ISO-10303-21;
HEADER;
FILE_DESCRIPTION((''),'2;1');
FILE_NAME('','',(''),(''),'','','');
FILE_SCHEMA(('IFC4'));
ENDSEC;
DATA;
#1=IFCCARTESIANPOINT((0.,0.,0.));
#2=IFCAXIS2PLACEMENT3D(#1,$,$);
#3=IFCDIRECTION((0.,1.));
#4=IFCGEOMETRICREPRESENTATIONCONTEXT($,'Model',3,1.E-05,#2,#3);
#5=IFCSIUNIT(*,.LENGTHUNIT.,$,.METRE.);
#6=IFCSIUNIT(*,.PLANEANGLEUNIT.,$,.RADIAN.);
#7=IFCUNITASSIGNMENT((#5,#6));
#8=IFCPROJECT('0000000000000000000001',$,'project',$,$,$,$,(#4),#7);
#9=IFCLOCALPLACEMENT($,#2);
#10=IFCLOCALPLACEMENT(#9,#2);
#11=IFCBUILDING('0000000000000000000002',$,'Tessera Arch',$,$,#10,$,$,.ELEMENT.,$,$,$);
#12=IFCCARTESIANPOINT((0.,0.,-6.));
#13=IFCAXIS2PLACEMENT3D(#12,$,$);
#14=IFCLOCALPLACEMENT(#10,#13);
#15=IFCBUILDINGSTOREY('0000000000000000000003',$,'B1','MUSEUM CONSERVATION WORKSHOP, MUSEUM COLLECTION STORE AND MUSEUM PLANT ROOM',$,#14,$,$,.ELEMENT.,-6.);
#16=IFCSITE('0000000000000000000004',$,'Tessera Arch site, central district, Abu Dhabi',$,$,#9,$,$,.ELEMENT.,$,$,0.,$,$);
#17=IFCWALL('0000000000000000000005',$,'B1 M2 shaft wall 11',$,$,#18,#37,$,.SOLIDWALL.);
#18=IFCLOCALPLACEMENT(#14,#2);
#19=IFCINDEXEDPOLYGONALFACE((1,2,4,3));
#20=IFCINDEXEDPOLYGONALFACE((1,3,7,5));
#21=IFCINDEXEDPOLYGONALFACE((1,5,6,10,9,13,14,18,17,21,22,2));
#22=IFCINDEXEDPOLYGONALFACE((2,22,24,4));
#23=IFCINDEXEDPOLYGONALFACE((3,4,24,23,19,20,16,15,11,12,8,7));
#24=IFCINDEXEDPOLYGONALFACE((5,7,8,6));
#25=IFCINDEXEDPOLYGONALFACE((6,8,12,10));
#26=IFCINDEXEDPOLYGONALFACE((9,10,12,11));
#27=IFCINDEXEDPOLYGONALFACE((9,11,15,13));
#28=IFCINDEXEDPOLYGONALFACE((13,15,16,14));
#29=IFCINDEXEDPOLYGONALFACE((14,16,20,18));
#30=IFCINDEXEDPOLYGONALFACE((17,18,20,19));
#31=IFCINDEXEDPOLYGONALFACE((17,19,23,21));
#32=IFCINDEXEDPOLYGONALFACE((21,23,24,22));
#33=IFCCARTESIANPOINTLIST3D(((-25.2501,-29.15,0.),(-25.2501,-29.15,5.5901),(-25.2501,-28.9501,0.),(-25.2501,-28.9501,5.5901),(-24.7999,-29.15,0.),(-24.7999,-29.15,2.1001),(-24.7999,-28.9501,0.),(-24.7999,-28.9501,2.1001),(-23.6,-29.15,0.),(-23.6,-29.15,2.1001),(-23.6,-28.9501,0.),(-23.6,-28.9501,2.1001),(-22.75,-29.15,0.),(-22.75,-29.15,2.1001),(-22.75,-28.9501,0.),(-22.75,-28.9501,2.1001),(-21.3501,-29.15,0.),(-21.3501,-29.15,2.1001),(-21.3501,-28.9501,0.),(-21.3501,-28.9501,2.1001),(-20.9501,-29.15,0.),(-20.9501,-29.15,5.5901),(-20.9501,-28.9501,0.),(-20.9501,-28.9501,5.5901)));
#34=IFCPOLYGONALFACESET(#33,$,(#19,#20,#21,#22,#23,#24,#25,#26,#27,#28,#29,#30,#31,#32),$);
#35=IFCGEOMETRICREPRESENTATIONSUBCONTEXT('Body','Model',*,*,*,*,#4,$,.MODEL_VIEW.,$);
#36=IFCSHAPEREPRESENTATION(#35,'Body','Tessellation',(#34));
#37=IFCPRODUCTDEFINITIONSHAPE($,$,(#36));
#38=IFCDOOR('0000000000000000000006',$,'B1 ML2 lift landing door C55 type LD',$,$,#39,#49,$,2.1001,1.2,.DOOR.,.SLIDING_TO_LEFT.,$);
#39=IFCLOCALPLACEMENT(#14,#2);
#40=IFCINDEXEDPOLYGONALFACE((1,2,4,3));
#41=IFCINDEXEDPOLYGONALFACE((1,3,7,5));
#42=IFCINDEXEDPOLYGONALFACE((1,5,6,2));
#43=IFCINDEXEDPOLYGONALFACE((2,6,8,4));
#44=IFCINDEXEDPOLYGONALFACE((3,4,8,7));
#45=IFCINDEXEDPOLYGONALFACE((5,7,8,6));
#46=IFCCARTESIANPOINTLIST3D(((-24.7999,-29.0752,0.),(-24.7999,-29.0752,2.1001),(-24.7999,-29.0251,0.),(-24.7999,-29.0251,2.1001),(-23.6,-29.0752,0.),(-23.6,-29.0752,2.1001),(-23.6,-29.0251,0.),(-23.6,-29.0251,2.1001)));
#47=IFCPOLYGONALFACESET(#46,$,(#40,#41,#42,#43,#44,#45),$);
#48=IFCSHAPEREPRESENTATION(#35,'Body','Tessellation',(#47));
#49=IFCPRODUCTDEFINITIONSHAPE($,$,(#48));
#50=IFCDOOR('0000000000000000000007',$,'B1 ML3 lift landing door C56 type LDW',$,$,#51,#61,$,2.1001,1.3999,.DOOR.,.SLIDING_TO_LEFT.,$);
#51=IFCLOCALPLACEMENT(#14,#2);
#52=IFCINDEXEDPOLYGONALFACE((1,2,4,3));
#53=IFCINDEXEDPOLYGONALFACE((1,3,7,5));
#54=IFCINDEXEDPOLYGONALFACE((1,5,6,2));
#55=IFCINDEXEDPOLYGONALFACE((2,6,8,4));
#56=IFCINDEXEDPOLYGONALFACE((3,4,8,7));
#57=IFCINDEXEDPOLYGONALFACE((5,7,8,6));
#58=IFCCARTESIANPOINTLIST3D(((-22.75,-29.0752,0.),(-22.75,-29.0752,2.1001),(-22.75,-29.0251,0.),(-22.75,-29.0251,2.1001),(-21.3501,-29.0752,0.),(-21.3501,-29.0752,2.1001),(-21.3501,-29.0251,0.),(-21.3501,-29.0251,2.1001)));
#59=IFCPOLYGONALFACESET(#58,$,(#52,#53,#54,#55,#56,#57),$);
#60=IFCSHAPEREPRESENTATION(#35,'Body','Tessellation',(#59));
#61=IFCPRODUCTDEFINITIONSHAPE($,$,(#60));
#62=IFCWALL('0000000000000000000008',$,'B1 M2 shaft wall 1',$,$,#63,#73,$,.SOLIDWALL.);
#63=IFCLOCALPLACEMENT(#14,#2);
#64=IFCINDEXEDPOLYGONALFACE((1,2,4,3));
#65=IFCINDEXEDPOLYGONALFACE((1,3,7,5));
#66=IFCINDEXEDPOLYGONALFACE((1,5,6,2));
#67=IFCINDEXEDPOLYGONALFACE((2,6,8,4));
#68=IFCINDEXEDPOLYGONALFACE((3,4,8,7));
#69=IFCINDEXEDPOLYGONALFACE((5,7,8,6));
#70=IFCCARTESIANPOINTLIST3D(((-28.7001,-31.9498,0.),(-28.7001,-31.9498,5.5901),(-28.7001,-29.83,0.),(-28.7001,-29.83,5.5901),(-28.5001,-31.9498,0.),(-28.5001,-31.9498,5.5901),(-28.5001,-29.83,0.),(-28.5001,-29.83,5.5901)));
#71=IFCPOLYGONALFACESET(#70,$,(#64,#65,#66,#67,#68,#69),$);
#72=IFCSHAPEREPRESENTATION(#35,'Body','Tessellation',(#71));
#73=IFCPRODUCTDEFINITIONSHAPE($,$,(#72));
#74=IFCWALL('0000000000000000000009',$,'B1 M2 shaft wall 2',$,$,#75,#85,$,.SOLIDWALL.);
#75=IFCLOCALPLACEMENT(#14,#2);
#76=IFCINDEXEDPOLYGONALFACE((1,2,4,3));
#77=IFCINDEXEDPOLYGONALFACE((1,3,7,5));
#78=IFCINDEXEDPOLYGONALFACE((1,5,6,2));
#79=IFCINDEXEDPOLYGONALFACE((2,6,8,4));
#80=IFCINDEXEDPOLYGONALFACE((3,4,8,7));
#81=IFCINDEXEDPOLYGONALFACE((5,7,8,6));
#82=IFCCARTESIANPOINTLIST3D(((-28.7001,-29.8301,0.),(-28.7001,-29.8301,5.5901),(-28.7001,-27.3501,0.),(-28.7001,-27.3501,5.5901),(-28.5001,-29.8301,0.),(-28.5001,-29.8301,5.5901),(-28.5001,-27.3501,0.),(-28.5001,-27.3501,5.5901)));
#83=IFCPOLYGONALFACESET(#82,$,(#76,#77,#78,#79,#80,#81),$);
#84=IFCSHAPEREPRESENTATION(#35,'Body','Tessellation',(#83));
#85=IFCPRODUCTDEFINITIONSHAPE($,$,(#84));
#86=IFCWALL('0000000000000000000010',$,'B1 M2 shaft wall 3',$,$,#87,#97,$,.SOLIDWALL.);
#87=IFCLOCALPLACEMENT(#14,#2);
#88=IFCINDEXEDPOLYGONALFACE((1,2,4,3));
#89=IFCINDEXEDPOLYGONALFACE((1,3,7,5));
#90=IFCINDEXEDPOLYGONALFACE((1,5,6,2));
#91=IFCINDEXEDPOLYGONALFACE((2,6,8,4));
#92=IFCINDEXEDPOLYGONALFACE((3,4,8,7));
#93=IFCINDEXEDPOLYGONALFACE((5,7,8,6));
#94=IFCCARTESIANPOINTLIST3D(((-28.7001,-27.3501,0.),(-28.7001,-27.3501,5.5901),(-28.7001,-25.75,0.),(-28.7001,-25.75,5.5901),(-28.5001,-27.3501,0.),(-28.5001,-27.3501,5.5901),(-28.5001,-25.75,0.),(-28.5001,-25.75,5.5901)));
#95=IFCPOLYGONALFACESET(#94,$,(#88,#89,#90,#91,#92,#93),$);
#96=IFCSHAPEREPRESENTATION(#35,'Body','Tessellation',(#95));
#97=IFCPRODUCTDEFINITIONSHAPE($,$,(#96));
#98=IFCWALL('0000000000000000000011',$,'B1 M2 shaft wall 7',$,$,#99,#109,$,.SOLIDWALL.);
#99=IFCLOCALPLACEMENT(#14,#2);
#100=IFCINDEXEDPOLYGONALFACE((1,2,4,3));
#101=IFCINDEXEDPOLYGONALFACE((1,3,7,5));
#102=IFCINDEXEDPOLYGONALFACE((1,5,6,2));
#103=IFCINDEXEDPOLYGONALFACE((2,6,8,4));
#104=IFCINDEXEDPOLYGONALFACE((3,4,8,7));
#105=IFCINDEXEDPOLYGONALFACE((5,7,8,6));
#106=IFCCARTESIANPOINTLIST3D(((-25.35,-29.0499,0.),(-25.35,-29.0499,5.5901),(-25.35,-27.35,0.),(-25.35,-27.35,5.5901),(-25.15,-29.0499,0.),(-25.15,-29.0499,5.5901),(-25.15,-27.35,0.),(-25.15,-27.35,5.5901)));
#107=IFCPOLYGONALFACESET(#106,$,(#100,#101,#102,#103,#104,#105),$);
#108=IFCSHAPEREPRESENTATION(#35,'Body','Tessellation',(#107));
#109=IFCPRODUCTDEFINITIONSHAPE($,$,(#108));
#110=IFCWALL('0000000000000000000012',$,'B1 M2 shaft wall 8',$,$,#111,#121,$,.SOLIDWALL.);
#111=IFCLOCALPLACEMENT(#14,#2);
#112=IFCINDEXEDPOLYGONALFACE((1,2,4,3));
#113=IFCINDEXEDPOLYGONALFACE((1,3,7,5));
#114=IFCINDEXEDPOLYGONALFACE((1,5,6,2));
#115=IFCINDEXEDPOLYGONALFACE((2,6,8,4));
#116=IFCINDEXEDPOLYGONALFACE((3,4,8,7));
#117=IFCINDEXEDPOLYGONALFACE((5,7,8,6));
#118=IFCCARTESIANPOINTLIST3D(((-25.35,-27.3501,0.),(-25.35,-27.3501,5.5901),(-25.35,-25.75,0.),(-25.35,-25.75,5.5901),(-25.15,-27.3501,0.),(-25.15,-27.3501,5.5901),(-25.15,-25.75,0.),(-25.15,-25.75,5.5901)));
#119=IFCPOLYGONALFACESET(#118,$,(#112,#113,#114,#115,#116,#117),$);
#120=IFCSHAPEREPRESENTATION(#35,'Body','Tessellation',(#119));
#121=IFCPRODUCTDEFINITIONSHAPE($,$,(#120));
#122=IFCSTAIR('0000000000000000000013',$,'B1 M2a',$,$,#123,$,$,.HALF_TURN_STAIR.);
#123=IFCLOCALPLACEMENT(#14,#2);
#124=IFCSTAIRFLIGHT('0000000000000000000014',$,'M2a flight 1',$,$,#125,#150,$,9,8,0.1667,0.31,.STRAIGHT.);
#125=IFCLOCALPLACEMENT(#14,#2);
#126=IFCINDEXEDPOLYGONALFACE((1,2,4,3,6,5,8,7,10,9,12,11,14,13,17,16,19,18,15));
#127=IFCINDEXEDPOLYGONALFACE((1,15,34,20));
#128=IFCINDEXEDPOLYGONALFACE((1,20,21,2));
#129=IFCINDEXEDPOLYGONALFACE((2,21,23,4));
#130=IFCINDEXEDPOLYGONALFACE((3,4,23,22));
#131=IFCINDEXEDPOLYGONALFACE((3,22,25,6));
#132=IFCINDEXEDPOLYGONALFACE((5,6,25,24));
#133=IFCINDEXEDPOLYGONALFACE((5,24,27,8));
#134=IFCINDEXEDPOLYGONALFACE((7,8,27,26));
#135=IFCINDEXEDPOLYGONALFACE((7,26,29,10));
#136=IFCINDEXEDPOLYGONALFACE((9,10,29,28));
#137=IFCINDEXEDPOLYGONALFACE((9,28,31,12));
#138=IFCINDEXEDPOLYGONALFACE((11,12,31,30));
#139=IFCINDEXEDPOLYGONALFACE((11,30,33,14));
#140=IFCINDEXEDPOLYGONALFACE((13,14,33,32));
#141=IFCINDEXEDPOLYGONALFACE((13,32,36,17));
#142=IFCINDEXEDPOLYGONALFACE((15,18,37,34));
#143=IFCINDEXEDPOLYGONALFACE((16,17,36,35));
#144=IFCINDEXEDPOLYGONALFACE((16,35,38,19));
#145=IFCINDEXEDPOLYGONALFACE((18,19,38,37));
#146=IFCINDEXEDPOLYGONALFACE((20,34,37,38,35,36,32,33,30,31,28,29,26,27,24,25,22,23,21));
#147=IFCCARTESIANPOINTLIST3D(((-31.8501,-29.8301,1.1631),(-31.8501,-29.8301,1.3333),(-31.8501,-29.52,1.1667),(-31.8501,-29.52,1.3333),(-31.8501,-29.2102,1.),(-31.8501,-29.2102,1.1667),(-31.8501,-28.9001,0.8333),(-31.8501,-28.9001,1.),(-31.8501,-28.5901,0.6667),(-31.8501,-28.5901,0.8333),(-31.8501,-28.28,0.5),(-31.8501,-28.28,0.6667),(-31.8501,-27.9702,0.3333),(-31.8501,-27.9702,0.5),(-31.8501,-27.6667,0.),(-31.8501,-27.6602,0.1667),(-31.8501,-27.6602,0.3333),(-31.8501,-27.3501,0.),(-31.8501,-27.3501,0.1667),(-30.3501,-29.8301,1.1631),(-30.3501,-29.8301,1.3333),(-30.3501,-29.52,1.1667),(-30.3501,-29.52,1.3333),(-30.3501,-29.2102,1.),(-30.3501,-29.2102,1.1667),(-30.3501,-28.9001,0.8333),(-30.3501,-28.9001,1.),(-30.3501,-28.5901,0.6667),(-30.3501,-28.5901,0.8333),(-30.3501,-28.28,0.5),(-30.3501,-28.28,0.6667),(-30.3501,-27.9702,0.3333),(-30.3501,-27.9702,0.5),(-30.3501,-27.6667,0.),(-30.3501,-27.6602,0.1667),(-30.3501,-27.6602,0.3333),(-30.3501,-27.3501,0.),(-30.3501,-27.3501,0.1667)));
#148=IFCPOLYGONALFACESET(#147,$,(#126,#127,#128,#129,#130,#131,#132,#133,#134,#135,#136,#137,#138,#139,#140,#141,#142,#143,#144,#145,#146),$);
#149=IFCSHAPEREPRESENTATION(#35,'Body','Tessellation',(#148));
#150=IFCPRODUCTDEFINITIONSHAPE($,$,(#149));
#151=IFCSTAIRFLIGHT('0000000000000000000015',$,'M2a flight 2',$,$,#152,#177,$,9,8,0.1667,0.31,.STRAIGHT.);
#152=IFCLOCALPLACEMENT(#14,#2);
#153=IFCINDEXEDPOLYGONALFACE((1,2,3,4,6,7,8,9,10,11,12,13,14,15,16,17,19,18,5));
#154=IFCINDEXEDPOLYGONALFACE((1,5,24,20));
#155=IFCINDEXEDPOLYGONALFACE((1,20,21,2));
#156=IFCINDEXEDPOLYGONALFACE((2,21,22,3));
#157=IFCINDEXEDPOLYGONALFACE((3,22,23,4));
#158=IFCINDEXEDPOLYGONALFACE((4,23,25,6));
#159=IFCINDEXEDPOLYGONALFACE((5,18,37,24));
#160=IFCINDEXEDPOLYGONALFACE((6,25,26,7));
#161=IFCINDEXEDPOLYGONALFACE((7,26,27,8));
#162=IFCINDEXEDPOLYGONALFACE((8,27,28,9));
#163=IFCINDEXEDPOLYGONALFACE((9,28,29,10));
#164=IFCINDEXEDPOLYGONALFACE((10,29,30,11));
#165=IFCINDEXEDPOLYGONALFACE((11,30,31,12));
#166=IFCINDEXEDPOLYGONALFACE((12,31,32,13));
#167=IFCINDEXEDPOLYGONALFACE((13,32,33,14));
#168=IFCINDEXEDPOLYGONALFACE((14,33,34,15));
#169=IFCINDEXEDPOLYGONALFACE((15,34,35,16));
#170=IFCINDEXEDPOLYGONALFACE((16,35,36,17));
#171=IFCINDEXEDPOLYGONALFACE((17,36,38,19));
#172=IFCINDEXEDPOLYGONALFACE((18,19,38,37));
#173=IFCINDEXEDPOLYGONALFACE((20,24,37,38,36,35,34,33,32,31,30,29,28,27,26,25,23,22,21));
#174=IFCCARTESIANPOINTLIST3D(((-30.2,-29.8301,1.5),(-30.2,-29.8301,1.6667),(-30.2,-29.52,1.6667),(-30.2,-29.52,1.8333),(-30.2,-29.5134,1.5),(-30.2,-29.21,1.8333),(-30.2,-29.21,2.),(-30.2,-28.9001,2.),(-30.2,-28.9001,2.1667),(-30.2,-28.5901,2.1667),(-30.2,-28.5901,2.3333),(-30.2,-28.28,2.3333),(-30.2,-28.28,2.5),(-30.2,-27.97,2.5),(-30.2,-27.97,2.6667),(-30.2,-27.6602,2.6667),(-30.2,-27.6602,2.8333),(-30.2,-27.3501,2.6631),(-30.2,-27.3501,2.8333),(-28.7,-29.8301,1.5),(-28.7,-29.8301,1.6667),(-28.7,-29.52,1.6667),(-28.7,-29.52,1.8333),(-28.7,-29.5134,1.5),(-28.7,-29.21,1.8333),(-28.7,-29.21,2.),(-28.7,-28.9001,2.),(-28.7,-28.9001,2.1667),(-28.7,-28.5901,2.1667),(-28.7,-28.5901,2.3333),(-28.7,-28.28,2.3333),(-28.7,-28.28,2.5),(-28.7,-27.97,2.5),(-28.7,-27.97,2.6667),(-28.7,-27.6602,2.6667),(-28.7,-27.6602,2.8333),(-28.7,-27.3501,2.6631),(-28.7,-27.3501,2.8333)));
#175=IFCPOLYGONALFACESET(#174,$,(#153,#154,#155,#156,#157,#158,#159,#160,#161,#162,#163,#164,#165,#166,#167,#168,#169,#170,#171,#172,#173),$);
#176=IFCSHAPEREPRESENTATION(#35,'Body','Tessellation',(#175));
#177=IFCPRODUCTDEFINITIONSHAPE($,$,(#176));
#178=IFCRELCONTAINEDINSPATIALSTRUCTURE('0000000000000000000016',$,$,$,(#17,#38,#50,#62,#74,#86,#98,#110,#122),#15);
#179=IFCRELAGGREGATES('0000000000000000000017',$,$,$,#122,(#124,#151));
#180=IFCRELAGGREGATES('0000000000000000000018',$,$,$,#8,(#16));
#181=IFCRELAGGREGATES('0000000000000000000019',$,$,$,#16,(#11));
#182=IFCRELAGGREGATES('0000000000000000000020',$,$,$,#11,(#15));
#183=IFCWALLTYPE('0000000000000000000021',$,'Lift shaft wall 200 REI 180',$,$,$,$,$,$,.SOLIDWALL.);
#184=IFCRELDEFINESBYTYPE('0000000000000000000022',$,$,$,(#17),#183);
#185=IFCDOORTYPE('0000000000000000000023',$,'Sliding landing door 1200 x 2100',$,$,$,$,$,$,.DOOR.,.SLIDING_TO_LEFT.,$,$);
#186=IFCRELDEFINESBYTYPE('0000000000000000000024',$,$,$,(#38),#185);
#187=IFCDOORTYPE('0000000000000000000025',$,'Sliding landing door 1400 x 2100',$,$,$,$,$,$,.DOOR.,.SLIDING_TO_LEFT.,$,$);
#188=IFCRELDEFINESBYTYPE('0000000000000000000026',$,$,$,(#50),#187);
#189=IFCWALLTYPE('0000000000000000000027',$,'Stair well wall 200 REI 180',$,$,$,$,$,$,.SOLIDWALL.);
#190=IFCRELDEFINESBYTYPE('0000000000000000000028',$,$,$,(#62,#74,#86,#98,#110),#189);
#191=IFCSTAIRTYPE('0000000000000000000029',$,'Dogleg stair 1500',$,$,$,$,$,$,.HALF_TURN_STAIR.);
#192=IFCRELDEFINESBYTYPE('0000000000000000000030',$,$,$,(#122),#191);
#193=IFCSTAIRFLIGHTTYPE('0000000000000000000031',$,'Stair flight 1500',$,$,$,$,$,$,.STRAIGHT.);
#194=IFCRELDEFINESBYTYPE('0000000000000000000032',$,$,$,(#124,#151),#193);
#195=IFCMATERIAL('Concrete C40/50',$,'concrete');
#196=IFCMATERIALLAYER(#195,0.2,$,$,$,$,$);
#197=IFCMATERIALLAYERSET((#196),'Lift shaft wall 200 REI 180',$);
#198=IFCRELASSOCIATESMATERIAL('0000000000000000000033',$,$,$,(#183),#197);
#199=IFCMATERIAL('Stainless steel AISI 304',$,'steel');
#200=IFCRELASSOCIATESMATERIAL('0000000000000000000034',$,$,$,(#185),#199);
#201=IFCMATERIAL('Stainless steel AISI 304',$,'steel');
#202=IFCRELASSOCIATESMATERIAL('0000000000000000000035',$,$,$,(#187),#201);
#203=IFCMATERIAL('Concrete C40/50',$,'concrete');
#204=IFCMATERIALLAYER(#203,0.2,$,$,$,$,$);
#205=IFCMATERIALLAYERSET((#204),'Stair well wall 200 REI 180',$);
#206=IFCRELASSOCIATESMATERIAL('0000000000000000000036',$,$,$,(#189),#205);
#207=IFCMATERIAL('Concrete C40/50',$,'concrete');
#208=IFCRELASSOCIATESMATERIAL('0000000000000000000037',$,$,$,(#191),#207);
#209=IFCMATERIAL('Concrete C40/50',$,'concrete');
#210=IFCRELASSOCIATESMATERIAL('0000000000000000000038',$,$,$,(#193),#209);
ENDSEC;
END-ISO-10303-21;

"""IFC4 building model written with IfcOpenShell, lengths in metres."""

from ifc_helpers import new_model, si_unit, direction, frame, frame_2d, origin, place, context, subcontext, project, spatial, polyline, rectangle, outline, extrude, material, layer, layer_set, type_object, element, fill, aggregate, save


model = new_model("IFC4")

# Units and contexts
model_context = context("Model", 3, precision=1e-05, world=origin(), true_north=direction((0.0, 1.0)))
body_context = subcontext(model_context, "Body", "Model", "MODEL_VIEW")
ifc_project = project(units=[si_unit("LENGTHUNIT", "METRE"), si_unit("PLANEANGLEUNIT", "RADIAN")], contexts=[model_context])

# Site, building, storey
site_placement = place(None, origin())
site = spatial("IfcSite", under=ifc_project, at=site_placement, Name="Tessera Arch site, central district, Abu Dhabi", CompositionType="ELEMENT", RefElevation=0.0)
building_placement = place(site_placement, origin())
building = spatial("IfcBuilding", under=site, at=building_placement, Name="Tessera Arch", CompositionType="ELEMENT")
storey_placement = place(building_placement, frame((0.0, 0.0, -6.0)))
storey = spatial("IfcBuildingStorey", under=building, at=storey_placement, Name="B1", Description="MUSEUM CONSERVATION WORKSHOP, MUSEUM COLLECTION STORE AND MUSEUM PLANT ROOM", CompositionType="ELEMENT", Elevation=-6.0)

# Shared definitions
ifc_material_1 = material(Name="Concrete C40/50", Category="concrete")
ifc_layer_1 = layer(ifc_material_1, 0.2)
ifc_layer_set_1 = layer_set([ifc_layer_1], Name="Lift shaft wall 200 REI 180")
wall_type_1 = type_object("IfcWallType", Name="Lift shaft wall 200 REI 180", PredefinedType="SOLIDWALL", material=ifc_layer_set_1)

# Wall, openings, doors
wall_1_placement = place(storey_placement, frame((-25.25, -29.05, 0.0), z_axis=(0.0, 0.0, 1.0), x_axis=(1.0, 0.0, 0.0)))
wall_1 = element("IfcWall", 1, at=wall_1_placement, inside=storey, type_object=wall_type_1, Name="B1 M2 shaft wall 11", PredefinedType="SOLIDWALL", context=body_context, shape_type="SweptSolid", body=[
    extrude(rectangle(XDim=4.3, YDim=0.2, at=frame_2d((2.1499, 0.0))), origin(), (0.0, 0.0, 1.0), 5.5901),
])
opening_1_placement = place(wall_1_placement, frame((0.45, 0.0, 0.0)))
opening_1 = element("IfcOpeningElement", 2, at=opening_1_placement, cuts=wall_1, PredefinedType="OPENING", context=body_context, shape_type="SweptSolid", body=[
    extrude(rectangle(XDim=1.2, YDim=2.1001, at=frame_2d((0.6001, 1.05))), frame((0.0, 0.1099, 0.0), z_axis=(0.0, -1.0, 0.0), x_axis=(1.0, 0.0, 0.0)), (0.0, 0.0, 1.0), 0.22),
])
opening_2_placement = place(wall_1_placement, frame((2.5, 0.0, 0.0)))
opening_2 = element("IfcOpeningElement", 3, at=opening_2_placement, cuts=wall_1, PredefinedType="OPENING", context=body_context, shape_type="SweptSolid", body=[
    extrude(rectangle(XDim=1.3999, YDim=2.1001, at=frame_2d((0.7, 1.05))), frame((0.0, 0.1099, 0.0), z_axis=(0.0, -1.0, 0.0), x_axis=(1.0, 0.0, 0.0)), (0.0, 0.0, 1.0), 0.22),
])
ifc_material_2 = material(Name="Stainless steel AISI 304", Category="steel")
door_type_1 = type_object("IfcDoorType", Name="Sliding landing door 1200 x 2100", OperationType="SLIDING_TO_LEFT", PredefinedType="DOOR", material=ifc_material_2)
door_1_placement = place(opening_1_placement, origin())
door_1 = element("IfcDoor", 4, at=door_1_placement, inside=storey, type_object=door_type_1, Name="B1 ML2 lift landing door C55 type LD", OperationType="SLIDING_TO_LEFT", OverallHeight=2.1001, OverallWidth=1.2, PredefinedType="DOOR", context=body_context, shape_type="SweptSolid", body=[
    extrude(rectangle(XDim=1.2, YDim=2.1001, at=frame_2d((0.6001, 1.05))), frame((0.0, 0.0249, 0.0), z_axis=(0.0, -1.0, 0.0), x_axis=(1.0, 0.0, 0.0)), (0.0, 0.0, 1.0), 0.05),
])
fill(opening_1, door_1)
ifc_material_3 = material(Name="Stainless steel AISI 304", Category="steel")
door_type_2 = type_object("IfcDoorType", Name="Sliding landing door 1400 x 2100", OperationType="SLIDING_TO_LEFT", PredefinedType="DOOR", material=ifc_material_3)
door_2_placement = place(opening_2_placement, origin())
door_2 = element("IfcDoor", 5, at=door_2_placement, inside=storey, type_object=door_type_2, Name="B1 ML3 lift landing door C56 type LDW", OperationType="SLIDING_TO_LEFT", OverallHeight=2.1001, OverallWidth=1.3999, PredefinedType="DOOR", context=body_context, shape_type="SweptSolid", body=[
    extrude(rectangle(XDim=1.3999, YDim=2.1001, at=frame_2d((0.7, 1.05))), frame((0.0, 0.0249, 0.0), z_axis=(0.0, -1.0, 0.0), x_axis=(1.0, 0.0, 0.0)), (0.0, 0.0, 1.0), 0.05),
])
fill(opening_2, door_2)

# Walls
ifc_material_4 = material(Name="Concrete C40/50", Category="concrete")
ifc_layer_2 = layer(ifc_material_4, 0.2)
ifc_layer_set_2 = layer_set([ifc_layer_2], Name="Stair well wall 200 REI 180")
wall_type_2 = type_object("IfcWallType", Name="Stair well wall 200 REI 180", PredefinedType="SOLIDWALL", material=ifc_layer_set_2)
wall_2_placement = place(storey_placement, frame((-28.6001, -31.95, 0.0), z_axis=(0.0, 0.0, 1.0), x_axis=(0.0, 1.0, 0.0)))
element("IfcWall", 6, at=wall_2_placement, inside=storey, type_object=wall_type_2, Name="B1 M2 shaft wall 1", PredefinedType="SOLIDWALL", context=body_context, shape_type="SweptSolid", body=[
    extrude(rectangle(XDim=2.1199, YDim=0.2, at=frame_2d((1.0601, 0.0))), origin(), (0.0, 0.0, 1.0), 5.5901),
])
wall_3_placement = place(storey_placement, frame((-28.6001, -29.8301, 0.0), z_axis=(0.0, 0.0, 1.0), x_axis=(0.0, 1.0, 0.0)))
element("IfcWall", 7, at=wall_3_placement, inside=storey, type_object=wall_type_2, Name="B1 M2 shaft wall 2", PredefinedType="SOLIDWALL", context=body_context, shape_type="SweptSolid", body=[
    extrude(rectangle(XDim=2.48, YDim=0.2, at=frame_2d((1.24, 0.0))), origin(), (0.0, 0.0, 1.0), 5.5901),
])
wall_4_placement = place(storey_placement, frame((-28.6001, -27.3501, 0.0), z_axis=(0.0, 0.0, 1.0), x_axis=(0.0, 1.0, 0.0)))
element("IfcWall", 8, at=wall_4_placement, inside=storey, type_object=wall_type_2, Name="B1 M2 shaft wall 3", PredefinedType="SOLIDWALL", context=body_context, shape_type="SweptSolid", body=[
    extrude(rectangle(XDim=1.6001, YDim=0.2, at=frame_2d((0.8, 0.0))), origin(), (0.0, 0.0, 1.0), 5.5901),
])
wall_5_placement = place(storey_placement, frame((-25.25, -29.05, 0.0), z_axis=(0.0, 0.0, 1.0), x_axis=(0.0, 1.0, 0.0)))
element("IfcWall", 9, at=wall_5_placement, inside=storey, type_object=wall_type_2, Name="B1 M2 shaft wall 7", PredefinedType="SOLIDWALL", context=body_context, shape_type="SweptSolid", body=[
    extrude(rectangle(XDim=1.7, YDim=0.2, at=frame_2d((0.8501, 0.0))), origin(), (0.0, 0.0, 1.0), 5.5901),
])
wall_6_placement = place(storey_placement, frame((-25.25, -27.3501, 0.0), z_axis=(0.0, 0.0, 1.0), x_axis=(0.0, 1.0, 0.0)))
element("IfcWall", 10, at=wall_6_placement, inside=storey, type_object=wall_type_2, Name="B1 M2 shaft wall 8", PredefinedType="SOLIDWALL", context=body_context, shape_type="SweptSolid", body=[
    extrude(rectangle(XDim=1.6001, YDim=0.2, at=frame_2d((0.8, 0.0))), origin(), (0.0, 0.0, 1.0), 5.5901),
])

# Stair, stair flights
ifc_material_5 = material(Name="Concrete C40/50", Category="concrete")
stair_type = type_object("IfcStairType", Name="Dogleg stair 1500", PredefinedType="HALF_TURN_STAIR", material=ifc_material_5)
stair_1_placement = place(storey_placement, origin())
stair_1 = element("IfcStair", 11, at=stair_1_placement, inside=storey, type_object=stair_type, Name="B1 M2a", PredefinedType="HALF_TURN_STAIR")
ifc_material_6 = material(Name="Concrete C40/50", Category="concrete")
stair_flight_type = type_object("IfcStairFlightType", Name="Stair flight 1500", PredefinedType="STRAIGHT", material=ifc_material_6)
stair_flight_1_placement = place(storey_placement, frame((-31.1001, -27.3501, 0.0), z_axis=(0.0, 0.0, 1.0), x_axis=(0.0, -1.0, 0.0)))
stair_flight_1 = element("IfcStairFlight", 12, at=stair_flight_1_placement, type_object=stair_flight_type, Name="M2a flight 1", NumberOfRisers=9, NumberOfTreads=8, PredefinedType="STRAIGHT", RiserHeight=0.1667, TreadLength=0.31, context=body_context, shape_type="SweptSolid", body=[
    extrude(outline(polyline([(0.0, 0.0), (0.0, 0.1667), (0.3101, 0.1667), (0.3101, 0.3333), (0.6201, 0.3333), (0.6201, 0.5), (0.9299, 0.5), (0.9299, 0.6667), (1.24, 0.6667), (1.24, 0.8333), (1.55, 0.8333), (1.55, 1.0), (1.8601, 1.0), (1.8601, 1.1667), (2.1699, 1.1667), (2.1699, 1.3333), (2.48, 1.3333), (2.48, 1.5), (2.48, 1.1631), (0.3167, 0.0), (0.0, 0.0)])), frame((0.0, 0.75, 0.0), z_axis=(0.0, -1.0, 0.0), x_axis=(1.0, 0.0, 0.0)), (0.0, 0.0, 1.0), 1.5),
])
stair_flight_2_placement = place(storey_placement, frame((-29.45, -29.8301, 1.5), z_axis=(0.0, 0.0, 1.0), x_axis=(0.0, 1.0, 0.0)))
stair_flight_2 = element("IfcStairFlight", 13, at=stair_flight_2_placement, type_object=stair_flight_type, Name="M2a flight 2", NumberOfRisers=9, NumberOfTreads=8, PredefinedType="STRAIGHT", RiserHeight=0.1667, TreadLength=0.31, context=body_context, shape_type="SweptSolid", body=[
    extrude(outline(polyline([(0.0, 0.0), (0.0, 0.1667), (0.3101, 0.1667), (0.3101, 0.3333), (0.6201, 0.3333), (0.6201, 0.5), (0.9299, 0.5), (0.9299, 0.6667), (1.24, 0.6667), (1.24, 0.8333), (1.55, 0.8333), (1.55, 1.0), (1.8601, 1.0), (1.8601, 1.1667), (2.1699, 1.1667), (2.1699, 1.3333), (2.48, 1.3333), (2.48, 1.5), (2.48, 1.1631), (0.3167, 0.0), (0.0, 0.0)])), frame((0.0, 0.75, 0.0), z_axis=(0.0, -1.0, 0.0), x_axis=(1.0, 0.0, 0.0)), (0.0, 0.0, 1.0), 1.5),
])
aggregate(stair_1, [stair_flight_1, stair_flight_2])

save(model, "model.ifc")
